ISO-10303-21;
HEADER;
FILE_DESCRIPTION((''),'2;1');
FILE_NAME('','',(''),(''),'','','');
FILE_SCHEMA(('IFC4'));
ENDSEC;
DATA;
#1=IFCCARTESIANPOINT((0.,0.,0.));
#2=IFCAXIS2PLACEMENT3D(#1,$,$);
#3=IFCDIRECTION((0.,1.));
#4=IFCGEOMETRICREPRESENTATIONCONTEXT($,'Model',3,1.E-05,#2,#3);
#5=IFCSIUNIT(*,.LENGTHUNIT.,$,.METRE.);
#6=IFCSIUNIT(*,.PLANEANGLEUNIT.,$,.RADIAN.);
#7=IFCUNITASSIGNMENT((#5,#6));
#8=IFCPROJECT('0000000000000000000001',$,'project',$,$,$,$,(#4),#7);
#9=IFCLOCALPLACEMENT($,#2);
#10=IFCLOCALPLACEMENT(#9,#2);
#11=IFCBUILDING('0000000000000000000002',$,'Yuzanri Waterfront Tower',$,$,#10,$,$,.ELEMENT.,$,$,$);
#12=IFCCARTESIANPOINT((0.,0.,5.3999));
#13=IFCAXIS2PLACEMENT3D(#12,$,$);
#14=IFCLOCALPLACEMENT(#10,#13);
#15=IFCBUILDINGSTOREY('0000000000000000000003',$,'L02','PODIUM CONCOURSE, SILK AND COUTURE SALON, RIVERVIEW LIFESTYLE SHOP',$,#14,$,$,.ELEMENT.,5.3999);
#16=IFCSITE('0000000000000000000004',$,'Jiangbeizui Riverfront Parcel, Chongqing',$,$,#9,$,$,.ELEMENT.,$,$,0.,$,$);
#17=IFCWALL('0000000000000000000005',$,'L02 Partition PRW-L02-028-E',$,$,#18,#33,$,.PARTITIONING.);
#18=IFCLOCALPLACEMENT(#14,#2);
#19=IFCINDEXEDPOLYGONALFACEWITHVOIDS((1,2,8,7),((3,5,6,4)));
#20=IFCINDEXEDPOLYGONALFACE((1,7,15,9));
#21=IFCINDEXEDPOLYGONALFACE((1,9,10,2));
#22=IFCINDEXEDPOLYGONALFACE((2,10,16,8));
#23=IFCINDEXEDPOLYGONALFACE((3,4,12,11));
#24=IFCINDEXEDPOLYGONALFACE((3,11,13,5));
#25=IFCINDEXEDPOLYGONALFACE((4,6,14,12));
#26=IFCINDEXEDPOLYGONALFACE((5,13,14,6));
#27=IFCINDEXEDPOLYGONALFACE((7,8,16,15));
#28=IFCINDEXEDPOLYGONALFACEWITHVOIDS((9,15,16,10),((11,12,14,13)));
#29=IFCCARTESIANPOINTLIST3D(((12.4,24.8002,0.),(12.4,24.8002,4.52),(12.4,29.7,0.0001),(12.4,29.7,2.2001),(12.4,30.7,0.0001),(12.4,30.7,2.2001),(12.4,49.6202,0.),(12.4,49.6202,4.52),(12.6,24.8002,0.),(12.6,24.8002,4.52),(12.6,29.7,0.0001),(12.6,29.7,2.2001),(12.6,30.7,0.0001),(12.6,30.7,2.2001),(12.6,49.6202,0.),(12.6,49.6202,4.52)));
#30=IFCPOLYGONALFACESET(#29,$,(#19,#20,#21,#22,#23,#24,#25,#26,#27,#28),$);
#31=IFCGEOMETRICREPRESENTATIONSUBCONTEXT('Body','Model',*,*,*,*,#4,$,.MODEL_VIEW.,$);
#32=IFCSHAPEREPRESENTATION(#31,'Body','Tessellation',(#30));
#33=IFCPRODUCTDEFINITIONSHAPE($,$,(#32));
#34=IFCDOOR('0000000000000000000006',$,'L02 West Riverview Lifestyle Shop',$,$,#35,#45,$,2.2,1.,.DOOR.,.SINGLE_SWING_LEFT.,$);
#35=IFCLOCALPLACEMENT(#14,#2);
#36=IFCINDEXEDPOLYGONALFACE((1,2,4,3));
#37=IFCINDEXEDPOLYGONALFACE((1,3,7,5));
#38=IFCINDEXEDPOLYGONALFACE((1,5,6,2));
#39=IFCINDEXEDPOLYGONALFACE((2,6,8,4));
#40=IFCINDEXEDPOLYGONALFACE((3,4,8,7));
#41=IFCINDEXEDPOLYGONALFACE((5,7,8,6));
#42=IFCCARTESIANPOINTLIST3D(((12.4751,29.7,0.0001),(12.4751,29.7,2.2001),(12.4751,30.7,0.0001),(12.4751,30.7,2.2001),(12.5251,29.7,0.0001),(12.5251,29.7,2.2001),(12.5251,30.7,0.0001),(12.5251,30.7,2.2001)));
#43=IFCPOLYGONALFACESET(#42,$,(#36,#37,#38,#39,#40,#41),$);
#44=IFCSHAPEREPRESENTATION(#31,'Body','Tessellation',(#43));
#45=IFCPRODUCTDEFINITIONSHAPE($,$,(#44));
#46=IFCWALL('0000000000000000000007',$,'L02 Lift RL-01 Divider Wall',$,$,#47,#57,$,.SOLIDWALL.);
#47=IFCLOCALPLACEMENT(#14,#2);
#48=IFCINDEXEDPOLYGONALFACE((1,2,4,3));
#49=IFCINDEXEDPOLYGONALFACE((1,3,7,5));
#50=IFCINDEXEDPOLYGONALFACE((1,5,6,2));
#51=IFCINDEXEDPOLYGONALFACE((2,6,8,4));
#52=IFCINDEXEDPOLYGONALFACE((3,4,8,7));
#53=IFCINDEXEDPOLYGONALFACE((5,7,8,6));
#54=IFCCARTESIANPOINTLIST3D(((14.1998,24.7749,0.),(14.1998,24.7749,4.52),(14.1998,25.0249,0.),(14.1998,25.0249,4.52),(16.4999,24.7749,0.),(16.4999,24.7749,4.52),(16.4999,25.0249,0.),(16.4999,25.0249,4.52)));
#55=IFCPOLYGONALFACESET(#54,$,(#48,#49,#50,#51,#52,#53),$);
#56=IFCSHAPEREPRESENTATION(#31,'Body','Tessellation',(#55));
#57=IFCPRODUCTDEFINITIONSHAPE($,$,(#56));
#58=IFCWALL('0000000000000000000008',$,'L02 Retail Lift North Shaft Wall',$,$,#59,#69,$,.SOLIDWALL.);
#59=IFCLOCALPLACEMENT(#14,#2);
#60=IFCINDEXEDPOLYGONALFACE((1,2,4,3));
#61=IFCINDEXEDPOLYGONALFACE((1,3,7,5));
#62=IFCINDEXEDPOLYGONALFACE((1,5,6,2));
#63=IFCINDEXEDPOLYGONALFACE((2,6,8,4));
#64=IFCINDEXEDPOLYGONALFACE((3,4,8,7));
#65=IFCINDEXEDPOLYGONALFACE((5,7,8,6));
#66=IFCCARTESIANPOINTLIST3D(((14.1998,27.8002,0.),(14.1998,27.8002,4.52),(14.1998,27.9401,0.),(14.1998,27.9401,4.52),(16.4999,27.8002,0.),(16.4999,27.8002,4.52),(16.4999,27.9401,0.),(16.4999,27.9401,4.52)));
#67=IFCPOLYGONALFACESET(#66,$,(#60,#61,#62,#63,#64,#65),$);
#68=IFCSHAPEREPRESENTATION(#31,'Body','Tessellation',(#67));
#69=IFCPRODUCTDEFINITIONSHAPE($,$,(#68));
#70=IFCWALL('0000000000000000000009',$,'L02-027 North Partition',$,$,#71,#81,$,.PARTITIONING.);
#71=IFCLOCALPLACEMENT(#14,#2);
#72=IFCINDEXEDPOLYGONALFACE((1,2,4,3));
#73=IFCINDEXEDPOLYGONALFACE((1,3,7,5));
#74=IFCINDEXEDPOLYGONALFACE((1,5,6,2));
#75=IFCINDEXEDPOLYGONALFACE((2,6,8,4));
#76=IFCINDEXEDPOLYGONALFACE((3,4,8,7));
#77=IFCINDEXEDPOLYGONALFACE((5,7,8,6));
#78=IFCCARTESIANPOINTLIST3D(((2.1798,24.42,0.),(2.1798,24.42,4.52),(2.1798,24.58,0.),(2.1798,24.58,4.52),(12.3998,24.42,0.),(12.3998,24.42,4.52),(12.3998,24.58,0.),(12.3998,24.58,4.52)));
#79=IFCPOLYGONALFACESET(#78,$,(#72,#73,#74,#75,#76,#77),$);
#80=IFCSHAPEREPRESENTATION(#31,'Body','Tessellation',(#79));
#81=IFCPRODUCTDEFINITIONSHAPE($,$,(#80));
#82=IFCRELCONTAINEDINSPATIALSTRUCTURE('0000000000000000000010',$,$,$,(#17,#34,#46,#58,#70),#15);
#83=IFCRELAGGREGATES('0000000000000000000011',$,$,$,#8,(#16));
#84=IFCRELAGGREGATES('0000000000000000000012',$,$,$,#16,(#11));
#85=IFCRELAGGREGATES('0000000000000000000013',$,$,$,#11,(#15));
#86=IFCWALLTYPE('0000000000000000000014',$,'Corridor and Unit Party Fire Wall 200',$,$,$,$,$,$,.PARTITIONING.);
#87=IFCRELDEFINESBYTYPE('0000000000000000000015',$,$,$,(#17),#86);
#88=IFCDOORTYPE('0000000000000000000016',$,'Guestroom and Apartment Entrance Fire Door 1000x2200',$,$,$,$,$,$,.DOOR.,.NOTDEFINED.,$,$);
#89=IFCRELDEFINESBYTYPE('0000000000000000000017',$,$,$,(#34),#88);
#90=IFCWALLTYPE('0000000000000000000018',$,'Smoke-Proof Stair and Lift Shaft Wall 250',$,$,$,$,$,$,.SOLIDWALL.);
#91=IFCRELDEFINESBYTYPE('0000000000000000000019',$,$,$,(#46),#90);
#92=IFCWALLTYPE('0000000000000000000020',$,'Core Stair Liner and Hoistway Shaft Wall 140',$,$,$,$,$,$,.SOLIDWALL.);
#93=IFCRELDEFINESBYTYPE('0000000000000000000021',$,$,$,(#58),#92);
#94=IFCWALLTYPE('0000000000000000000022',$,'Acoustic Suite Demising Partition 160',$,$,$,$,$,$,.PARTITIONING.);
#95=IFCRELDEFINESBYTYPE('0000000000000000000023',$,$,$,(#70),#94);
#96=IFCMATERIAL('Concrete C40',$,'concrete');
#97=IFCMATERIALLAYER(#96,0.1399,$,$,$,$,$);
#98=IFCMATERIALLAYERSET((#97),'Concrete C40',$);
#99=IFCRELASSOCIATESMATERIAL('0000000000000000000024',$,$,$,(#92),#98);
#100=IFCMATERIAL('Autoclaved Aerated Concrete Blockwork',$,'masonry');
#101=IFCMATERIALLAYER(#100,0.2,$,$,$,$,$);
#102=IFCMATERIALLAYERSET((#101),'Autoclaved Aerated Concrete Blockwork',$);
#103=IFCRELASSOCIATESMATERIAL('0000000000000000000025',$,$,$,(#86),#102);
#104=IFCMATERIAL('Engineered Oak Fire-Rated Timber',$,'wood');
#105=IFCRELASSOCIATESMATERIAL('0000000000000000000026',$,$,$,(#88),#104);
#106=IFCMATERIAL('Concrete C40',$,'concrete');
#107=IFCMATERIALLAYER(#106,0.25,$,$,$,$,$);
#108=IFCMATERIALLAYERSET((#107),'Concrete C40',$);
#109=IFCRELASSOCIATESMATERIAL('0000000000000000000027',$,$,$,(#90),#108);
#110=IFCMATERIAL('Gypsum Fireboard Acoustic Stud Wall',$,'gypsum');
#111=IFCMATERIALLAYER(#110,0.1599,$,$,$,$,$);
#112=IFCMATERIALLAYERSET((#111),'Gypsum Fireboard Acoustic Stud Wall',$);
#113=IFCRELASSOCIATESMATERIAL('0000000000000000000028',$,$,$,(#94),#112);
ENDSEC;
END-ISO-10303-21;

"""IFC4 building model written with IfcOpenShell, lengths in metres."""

from ifc_helpers import new_model, si_unit, direction, frame, frame_2d, origin, place, context, subcontext, project, spatial, rectangle, extrude, source, transform, mapped, material, layer, layer_set, type_object, element, fill, save


model = new_model("IFC4")

# Units and contexts
model_context = context("Model", 3, precision=1e-05, world=origin(), true_north=direction((0.0, 1.0)))
body_context = subcontext(model_context, "Body", "Model", "MODEL_VIEW")
ifc_project = project(units=[si_unit("LENGTHUNIT", "METRE"), si_unit("PLANEANGLEUNIT", "RADIAN")], contexts=[model_context])

# Site, building, storey
site_placement = place(None, origin())
site = spatial("IfcSite", under=ifc_project, at=site_placement, Name="Jiangbeizui Riverfront Parcel, Chongqing", CompositionType="ELEMENT", RefElevation=0.0)
building_placement = place(site_placement, origin())
building = spatial("IfcBuilding", under=site, at=building_placement, Name="Yuzanri Waterfront Tower", CompositionType="ELEMENT")
storey_placement = place(building_placement, frame((0.0, 0.0, 5.3999)))
storey = spatial("IfcBuildingStorey", under=building, at=storey_placement, Name="L02", Description="PODIUM CONCOURSE, SILK AND COUTURE SALON, RIVERVIEW LIFESTYLE SHOP", CompositionType="ELEMENT", Elevation=5.3999)

# Wall, opening, door
ifc_material_1 = material(Name="Concrete C40", Category="concrete")
ifc_layer_1 = layer(ifc_material_1, 0.1399)
ifc_layer_set_1 = layer_set([ifc_layer_1], Name="Concrete C40")
wall_type_1 = type_object("IfcWallType", Name="Core Stair Liner and Hoistway Shaft Wall 140", PredefinedType="SOLIDWALL", material=ifc_layer_set_1)
ifc_material_2 = material(Name="Autoclaved Aerated Concrete Blockwork", Category="masonry")
ifc_layer_2 = layer(ifc_material_2, 0.2)
ifc_layer_set_2 = layer_set([ifc_layer_2], Name="Autoclaved Aerated Concrete Blockwork")
wall_type_2 = type_object("IfcWallType", Name="Corridor and Unit Party Fire Wall 200", PredefinedType="PARTITIONING", material=ifc_layer_set_2)
wall_1_placement = place(storey_placement, frame((12.5, 24.8, 0.0), z_axis=(0.0, 0.0, 1.0), x_axis=(0.0, 1.0, 0.0)))
wall_1 = element("IfcWall", 1, at=wall_1_placement, inside=storey, type_object=wall_type_2, Name="L02 Partition PRW-L02-028-E", PredefinedType="PARTITIONING", context=body_context, shape_type="SweptSolid", body=[
    extrude(rectangle(XDim=24.8201, YDim=0.2, at=frame_2d((12.4102, 0.0))), origin(), (0.0, 0.0, 1.0), 4.52),
])
opening_1_placement = place(wall_1_placement, frame((4.8999, 0.0, 0.0)))
opening_1 = element("IfcOpeningElement", 2, at=opening_1_placement, cuts=wall_1, PredefinedType="OPENING", context=body_context, shape_type="SweptSolid", body=[
    extrude(rectangle(XDim=1.0, YDim=2.2, at=frame_2d((0.5, 1.1001))), frame((0.0, 0.1147, 0.0), z_axis=(0.0, -1.0, 0.0), x_axis=(1.0, 0.0, 0.0)), (0.0, 0.0, 1.0), 0.2297),
])
ifc_material_3 = material(Name="Engineered Oak Fire-Rated Timber", Category="wood")
door_type_1 = type_object("IfcDoorType", Name="Guestroom and Apartment Entrance Fire Door 1000x2200", OperationType="NOTDEFINED", PredefinedType="DOOR", material=ifc_material_3)
shared_shape_1 = source(origin(), body_context, "Body", "SweptSolid", [
    extrude(rectangle(XDim=1.0, YDim=2.2, at=frame_2d((0.5, 1.1001))), frame((0.0, 0.0249, 0.0), z_axis=(0.0, -1.0, 0.0), x_axis=(1.0, 0.0, 0.0)), (0.0, 0.0, 1.0), 0.05),
])
door_1_placement = place(opening_1_placement, origin())
door_1 = element("IfcDoor", 3, at=door_1_placement, inside=storey, type_object=door_type_1, Name="L02 West Riverview Lifestyle Shop", OperationType="SINGLE_SWING_LEFT", OverallHeight=2.2, OverallWidth=1.0, PredefinedType="DOOR", context=body_context, shape_type="MappedRepresentation", body=[
    mapped(shared_shape_1, transform((0.0, 0.0, 0.0), scale=1.0)),
])
fill(opening_1, door_1)

# Walls
ifc_material_4 = material(Name="Concrete C40", Category="concrete")
ifc_layer_3 = layer(ifc_material_4, 0.25)
ifc_layer_set_3 = layer_set([ifc_layer_3], Name="Concrete C40")
wall_type_3 = type_object("IfcWallType", Name="Smoke-Proof Stair and Lift Shaft Wall 250", PredefinedType="SOLIDWALL", material=ifc_layer_set_3)
shared_shape_2 = source(origin(), body_context, "Body", "SweptSolid", [
    extrude(rectangle(XDim=2.3, YDim=0.25, at=frame_2d((1.1499, 0.0))), origin(), (0.0, 0.0, 1.0), 4.52),
])
wall_2_placement = place(storey_placement, frame((14.2, 24.8999, 0.0), z_axis=(0.0, 0.0, 1.0), x_axis=(1.0, 0.0, 0.0)))
element("IfcWall", 4, at=wall_2_placement, inside=storey, type_object=wall_type_3, Name="L02 Lift RL-01 Divider Wall", PredefinedType="SOLIDWALL", context=body_context, shape_type="MappedRepresentation", body=[
    mapped(shared_shape_2, transform((0.0, 0.0, 0.0), scale=1.0)),
])
shared_shape_3 = source(origin(), body_context, "Body", "SweptSolid", [
    extrude(rectangle(XDim=2.3, YDim=0.1399, at=frame_2d((1.1499, 0.0))), origin(), (0.0, 0.0, 1.0), 4.52),
])
wall_3_placement = place(storey_placement, frame((14.2, 27.8701, 0.0), z_axis=(0.0, 0.0, 1.0), x_axis=(1.0, 0.0, 0.0)))
element("IfcWall", 5, at=wall_3_placement, inside=storey, type_object=wall_type_1, Name="L02 Retail Lift North Shaft Wall", PredefinedType="SOLIDWALL", context=body_context, shape_type="MappedRepresentation", body=[
    mapped(shared_shape_3, transform((0.0, 0.0, 0.0), scale=1.0)),
])
ifc_material_5 = material(Name="Gypsum Fireboard Acoustic Stud Wall", Category="gypsum")
ifc_layer_4 = layer(ifc_material_5, 0.1599)
ifc_layer_set_4 = layer_set([ifc_layer_4], Name="Gypsum Fireboard Acoustic Stud Wall")
wall_type_4 = type_object("IfcWallType", Name="Acoustic Suite Demising Partition 160", PredefinedType="PARTITIONING", material=ifc_layer_set_4)
shared_shape_4 = source(origin(), body_context, "Body", "SweptSolid", [
    extrude(rectangle(XDim=10.22, YDim=0.1599, at=frame_2d((5.1099, 0.0))), origin(), (0.0, 0.0, 1.0), 4.52),
])
wall_4_placement = place(storey_placement, frame((2.1799, 24.5, 0.0), z_axis=(0.0, 0.0, 1.0), x_axis=(1.0, 0.0, 0.0)))
element("IfcWall", 6, at=wall_4_placement, inside=storey, type_object=wall_type_4, Name="L02-027 North Partition", PredefinedType="PARTITIONING", context=body_context, shape_type="MappedRepresentation", body=[
    mapped(shared_shape_4, transform((0.0, 0.0, 0.0), scale=1.0)),
])

save(model, "model.ifc")
